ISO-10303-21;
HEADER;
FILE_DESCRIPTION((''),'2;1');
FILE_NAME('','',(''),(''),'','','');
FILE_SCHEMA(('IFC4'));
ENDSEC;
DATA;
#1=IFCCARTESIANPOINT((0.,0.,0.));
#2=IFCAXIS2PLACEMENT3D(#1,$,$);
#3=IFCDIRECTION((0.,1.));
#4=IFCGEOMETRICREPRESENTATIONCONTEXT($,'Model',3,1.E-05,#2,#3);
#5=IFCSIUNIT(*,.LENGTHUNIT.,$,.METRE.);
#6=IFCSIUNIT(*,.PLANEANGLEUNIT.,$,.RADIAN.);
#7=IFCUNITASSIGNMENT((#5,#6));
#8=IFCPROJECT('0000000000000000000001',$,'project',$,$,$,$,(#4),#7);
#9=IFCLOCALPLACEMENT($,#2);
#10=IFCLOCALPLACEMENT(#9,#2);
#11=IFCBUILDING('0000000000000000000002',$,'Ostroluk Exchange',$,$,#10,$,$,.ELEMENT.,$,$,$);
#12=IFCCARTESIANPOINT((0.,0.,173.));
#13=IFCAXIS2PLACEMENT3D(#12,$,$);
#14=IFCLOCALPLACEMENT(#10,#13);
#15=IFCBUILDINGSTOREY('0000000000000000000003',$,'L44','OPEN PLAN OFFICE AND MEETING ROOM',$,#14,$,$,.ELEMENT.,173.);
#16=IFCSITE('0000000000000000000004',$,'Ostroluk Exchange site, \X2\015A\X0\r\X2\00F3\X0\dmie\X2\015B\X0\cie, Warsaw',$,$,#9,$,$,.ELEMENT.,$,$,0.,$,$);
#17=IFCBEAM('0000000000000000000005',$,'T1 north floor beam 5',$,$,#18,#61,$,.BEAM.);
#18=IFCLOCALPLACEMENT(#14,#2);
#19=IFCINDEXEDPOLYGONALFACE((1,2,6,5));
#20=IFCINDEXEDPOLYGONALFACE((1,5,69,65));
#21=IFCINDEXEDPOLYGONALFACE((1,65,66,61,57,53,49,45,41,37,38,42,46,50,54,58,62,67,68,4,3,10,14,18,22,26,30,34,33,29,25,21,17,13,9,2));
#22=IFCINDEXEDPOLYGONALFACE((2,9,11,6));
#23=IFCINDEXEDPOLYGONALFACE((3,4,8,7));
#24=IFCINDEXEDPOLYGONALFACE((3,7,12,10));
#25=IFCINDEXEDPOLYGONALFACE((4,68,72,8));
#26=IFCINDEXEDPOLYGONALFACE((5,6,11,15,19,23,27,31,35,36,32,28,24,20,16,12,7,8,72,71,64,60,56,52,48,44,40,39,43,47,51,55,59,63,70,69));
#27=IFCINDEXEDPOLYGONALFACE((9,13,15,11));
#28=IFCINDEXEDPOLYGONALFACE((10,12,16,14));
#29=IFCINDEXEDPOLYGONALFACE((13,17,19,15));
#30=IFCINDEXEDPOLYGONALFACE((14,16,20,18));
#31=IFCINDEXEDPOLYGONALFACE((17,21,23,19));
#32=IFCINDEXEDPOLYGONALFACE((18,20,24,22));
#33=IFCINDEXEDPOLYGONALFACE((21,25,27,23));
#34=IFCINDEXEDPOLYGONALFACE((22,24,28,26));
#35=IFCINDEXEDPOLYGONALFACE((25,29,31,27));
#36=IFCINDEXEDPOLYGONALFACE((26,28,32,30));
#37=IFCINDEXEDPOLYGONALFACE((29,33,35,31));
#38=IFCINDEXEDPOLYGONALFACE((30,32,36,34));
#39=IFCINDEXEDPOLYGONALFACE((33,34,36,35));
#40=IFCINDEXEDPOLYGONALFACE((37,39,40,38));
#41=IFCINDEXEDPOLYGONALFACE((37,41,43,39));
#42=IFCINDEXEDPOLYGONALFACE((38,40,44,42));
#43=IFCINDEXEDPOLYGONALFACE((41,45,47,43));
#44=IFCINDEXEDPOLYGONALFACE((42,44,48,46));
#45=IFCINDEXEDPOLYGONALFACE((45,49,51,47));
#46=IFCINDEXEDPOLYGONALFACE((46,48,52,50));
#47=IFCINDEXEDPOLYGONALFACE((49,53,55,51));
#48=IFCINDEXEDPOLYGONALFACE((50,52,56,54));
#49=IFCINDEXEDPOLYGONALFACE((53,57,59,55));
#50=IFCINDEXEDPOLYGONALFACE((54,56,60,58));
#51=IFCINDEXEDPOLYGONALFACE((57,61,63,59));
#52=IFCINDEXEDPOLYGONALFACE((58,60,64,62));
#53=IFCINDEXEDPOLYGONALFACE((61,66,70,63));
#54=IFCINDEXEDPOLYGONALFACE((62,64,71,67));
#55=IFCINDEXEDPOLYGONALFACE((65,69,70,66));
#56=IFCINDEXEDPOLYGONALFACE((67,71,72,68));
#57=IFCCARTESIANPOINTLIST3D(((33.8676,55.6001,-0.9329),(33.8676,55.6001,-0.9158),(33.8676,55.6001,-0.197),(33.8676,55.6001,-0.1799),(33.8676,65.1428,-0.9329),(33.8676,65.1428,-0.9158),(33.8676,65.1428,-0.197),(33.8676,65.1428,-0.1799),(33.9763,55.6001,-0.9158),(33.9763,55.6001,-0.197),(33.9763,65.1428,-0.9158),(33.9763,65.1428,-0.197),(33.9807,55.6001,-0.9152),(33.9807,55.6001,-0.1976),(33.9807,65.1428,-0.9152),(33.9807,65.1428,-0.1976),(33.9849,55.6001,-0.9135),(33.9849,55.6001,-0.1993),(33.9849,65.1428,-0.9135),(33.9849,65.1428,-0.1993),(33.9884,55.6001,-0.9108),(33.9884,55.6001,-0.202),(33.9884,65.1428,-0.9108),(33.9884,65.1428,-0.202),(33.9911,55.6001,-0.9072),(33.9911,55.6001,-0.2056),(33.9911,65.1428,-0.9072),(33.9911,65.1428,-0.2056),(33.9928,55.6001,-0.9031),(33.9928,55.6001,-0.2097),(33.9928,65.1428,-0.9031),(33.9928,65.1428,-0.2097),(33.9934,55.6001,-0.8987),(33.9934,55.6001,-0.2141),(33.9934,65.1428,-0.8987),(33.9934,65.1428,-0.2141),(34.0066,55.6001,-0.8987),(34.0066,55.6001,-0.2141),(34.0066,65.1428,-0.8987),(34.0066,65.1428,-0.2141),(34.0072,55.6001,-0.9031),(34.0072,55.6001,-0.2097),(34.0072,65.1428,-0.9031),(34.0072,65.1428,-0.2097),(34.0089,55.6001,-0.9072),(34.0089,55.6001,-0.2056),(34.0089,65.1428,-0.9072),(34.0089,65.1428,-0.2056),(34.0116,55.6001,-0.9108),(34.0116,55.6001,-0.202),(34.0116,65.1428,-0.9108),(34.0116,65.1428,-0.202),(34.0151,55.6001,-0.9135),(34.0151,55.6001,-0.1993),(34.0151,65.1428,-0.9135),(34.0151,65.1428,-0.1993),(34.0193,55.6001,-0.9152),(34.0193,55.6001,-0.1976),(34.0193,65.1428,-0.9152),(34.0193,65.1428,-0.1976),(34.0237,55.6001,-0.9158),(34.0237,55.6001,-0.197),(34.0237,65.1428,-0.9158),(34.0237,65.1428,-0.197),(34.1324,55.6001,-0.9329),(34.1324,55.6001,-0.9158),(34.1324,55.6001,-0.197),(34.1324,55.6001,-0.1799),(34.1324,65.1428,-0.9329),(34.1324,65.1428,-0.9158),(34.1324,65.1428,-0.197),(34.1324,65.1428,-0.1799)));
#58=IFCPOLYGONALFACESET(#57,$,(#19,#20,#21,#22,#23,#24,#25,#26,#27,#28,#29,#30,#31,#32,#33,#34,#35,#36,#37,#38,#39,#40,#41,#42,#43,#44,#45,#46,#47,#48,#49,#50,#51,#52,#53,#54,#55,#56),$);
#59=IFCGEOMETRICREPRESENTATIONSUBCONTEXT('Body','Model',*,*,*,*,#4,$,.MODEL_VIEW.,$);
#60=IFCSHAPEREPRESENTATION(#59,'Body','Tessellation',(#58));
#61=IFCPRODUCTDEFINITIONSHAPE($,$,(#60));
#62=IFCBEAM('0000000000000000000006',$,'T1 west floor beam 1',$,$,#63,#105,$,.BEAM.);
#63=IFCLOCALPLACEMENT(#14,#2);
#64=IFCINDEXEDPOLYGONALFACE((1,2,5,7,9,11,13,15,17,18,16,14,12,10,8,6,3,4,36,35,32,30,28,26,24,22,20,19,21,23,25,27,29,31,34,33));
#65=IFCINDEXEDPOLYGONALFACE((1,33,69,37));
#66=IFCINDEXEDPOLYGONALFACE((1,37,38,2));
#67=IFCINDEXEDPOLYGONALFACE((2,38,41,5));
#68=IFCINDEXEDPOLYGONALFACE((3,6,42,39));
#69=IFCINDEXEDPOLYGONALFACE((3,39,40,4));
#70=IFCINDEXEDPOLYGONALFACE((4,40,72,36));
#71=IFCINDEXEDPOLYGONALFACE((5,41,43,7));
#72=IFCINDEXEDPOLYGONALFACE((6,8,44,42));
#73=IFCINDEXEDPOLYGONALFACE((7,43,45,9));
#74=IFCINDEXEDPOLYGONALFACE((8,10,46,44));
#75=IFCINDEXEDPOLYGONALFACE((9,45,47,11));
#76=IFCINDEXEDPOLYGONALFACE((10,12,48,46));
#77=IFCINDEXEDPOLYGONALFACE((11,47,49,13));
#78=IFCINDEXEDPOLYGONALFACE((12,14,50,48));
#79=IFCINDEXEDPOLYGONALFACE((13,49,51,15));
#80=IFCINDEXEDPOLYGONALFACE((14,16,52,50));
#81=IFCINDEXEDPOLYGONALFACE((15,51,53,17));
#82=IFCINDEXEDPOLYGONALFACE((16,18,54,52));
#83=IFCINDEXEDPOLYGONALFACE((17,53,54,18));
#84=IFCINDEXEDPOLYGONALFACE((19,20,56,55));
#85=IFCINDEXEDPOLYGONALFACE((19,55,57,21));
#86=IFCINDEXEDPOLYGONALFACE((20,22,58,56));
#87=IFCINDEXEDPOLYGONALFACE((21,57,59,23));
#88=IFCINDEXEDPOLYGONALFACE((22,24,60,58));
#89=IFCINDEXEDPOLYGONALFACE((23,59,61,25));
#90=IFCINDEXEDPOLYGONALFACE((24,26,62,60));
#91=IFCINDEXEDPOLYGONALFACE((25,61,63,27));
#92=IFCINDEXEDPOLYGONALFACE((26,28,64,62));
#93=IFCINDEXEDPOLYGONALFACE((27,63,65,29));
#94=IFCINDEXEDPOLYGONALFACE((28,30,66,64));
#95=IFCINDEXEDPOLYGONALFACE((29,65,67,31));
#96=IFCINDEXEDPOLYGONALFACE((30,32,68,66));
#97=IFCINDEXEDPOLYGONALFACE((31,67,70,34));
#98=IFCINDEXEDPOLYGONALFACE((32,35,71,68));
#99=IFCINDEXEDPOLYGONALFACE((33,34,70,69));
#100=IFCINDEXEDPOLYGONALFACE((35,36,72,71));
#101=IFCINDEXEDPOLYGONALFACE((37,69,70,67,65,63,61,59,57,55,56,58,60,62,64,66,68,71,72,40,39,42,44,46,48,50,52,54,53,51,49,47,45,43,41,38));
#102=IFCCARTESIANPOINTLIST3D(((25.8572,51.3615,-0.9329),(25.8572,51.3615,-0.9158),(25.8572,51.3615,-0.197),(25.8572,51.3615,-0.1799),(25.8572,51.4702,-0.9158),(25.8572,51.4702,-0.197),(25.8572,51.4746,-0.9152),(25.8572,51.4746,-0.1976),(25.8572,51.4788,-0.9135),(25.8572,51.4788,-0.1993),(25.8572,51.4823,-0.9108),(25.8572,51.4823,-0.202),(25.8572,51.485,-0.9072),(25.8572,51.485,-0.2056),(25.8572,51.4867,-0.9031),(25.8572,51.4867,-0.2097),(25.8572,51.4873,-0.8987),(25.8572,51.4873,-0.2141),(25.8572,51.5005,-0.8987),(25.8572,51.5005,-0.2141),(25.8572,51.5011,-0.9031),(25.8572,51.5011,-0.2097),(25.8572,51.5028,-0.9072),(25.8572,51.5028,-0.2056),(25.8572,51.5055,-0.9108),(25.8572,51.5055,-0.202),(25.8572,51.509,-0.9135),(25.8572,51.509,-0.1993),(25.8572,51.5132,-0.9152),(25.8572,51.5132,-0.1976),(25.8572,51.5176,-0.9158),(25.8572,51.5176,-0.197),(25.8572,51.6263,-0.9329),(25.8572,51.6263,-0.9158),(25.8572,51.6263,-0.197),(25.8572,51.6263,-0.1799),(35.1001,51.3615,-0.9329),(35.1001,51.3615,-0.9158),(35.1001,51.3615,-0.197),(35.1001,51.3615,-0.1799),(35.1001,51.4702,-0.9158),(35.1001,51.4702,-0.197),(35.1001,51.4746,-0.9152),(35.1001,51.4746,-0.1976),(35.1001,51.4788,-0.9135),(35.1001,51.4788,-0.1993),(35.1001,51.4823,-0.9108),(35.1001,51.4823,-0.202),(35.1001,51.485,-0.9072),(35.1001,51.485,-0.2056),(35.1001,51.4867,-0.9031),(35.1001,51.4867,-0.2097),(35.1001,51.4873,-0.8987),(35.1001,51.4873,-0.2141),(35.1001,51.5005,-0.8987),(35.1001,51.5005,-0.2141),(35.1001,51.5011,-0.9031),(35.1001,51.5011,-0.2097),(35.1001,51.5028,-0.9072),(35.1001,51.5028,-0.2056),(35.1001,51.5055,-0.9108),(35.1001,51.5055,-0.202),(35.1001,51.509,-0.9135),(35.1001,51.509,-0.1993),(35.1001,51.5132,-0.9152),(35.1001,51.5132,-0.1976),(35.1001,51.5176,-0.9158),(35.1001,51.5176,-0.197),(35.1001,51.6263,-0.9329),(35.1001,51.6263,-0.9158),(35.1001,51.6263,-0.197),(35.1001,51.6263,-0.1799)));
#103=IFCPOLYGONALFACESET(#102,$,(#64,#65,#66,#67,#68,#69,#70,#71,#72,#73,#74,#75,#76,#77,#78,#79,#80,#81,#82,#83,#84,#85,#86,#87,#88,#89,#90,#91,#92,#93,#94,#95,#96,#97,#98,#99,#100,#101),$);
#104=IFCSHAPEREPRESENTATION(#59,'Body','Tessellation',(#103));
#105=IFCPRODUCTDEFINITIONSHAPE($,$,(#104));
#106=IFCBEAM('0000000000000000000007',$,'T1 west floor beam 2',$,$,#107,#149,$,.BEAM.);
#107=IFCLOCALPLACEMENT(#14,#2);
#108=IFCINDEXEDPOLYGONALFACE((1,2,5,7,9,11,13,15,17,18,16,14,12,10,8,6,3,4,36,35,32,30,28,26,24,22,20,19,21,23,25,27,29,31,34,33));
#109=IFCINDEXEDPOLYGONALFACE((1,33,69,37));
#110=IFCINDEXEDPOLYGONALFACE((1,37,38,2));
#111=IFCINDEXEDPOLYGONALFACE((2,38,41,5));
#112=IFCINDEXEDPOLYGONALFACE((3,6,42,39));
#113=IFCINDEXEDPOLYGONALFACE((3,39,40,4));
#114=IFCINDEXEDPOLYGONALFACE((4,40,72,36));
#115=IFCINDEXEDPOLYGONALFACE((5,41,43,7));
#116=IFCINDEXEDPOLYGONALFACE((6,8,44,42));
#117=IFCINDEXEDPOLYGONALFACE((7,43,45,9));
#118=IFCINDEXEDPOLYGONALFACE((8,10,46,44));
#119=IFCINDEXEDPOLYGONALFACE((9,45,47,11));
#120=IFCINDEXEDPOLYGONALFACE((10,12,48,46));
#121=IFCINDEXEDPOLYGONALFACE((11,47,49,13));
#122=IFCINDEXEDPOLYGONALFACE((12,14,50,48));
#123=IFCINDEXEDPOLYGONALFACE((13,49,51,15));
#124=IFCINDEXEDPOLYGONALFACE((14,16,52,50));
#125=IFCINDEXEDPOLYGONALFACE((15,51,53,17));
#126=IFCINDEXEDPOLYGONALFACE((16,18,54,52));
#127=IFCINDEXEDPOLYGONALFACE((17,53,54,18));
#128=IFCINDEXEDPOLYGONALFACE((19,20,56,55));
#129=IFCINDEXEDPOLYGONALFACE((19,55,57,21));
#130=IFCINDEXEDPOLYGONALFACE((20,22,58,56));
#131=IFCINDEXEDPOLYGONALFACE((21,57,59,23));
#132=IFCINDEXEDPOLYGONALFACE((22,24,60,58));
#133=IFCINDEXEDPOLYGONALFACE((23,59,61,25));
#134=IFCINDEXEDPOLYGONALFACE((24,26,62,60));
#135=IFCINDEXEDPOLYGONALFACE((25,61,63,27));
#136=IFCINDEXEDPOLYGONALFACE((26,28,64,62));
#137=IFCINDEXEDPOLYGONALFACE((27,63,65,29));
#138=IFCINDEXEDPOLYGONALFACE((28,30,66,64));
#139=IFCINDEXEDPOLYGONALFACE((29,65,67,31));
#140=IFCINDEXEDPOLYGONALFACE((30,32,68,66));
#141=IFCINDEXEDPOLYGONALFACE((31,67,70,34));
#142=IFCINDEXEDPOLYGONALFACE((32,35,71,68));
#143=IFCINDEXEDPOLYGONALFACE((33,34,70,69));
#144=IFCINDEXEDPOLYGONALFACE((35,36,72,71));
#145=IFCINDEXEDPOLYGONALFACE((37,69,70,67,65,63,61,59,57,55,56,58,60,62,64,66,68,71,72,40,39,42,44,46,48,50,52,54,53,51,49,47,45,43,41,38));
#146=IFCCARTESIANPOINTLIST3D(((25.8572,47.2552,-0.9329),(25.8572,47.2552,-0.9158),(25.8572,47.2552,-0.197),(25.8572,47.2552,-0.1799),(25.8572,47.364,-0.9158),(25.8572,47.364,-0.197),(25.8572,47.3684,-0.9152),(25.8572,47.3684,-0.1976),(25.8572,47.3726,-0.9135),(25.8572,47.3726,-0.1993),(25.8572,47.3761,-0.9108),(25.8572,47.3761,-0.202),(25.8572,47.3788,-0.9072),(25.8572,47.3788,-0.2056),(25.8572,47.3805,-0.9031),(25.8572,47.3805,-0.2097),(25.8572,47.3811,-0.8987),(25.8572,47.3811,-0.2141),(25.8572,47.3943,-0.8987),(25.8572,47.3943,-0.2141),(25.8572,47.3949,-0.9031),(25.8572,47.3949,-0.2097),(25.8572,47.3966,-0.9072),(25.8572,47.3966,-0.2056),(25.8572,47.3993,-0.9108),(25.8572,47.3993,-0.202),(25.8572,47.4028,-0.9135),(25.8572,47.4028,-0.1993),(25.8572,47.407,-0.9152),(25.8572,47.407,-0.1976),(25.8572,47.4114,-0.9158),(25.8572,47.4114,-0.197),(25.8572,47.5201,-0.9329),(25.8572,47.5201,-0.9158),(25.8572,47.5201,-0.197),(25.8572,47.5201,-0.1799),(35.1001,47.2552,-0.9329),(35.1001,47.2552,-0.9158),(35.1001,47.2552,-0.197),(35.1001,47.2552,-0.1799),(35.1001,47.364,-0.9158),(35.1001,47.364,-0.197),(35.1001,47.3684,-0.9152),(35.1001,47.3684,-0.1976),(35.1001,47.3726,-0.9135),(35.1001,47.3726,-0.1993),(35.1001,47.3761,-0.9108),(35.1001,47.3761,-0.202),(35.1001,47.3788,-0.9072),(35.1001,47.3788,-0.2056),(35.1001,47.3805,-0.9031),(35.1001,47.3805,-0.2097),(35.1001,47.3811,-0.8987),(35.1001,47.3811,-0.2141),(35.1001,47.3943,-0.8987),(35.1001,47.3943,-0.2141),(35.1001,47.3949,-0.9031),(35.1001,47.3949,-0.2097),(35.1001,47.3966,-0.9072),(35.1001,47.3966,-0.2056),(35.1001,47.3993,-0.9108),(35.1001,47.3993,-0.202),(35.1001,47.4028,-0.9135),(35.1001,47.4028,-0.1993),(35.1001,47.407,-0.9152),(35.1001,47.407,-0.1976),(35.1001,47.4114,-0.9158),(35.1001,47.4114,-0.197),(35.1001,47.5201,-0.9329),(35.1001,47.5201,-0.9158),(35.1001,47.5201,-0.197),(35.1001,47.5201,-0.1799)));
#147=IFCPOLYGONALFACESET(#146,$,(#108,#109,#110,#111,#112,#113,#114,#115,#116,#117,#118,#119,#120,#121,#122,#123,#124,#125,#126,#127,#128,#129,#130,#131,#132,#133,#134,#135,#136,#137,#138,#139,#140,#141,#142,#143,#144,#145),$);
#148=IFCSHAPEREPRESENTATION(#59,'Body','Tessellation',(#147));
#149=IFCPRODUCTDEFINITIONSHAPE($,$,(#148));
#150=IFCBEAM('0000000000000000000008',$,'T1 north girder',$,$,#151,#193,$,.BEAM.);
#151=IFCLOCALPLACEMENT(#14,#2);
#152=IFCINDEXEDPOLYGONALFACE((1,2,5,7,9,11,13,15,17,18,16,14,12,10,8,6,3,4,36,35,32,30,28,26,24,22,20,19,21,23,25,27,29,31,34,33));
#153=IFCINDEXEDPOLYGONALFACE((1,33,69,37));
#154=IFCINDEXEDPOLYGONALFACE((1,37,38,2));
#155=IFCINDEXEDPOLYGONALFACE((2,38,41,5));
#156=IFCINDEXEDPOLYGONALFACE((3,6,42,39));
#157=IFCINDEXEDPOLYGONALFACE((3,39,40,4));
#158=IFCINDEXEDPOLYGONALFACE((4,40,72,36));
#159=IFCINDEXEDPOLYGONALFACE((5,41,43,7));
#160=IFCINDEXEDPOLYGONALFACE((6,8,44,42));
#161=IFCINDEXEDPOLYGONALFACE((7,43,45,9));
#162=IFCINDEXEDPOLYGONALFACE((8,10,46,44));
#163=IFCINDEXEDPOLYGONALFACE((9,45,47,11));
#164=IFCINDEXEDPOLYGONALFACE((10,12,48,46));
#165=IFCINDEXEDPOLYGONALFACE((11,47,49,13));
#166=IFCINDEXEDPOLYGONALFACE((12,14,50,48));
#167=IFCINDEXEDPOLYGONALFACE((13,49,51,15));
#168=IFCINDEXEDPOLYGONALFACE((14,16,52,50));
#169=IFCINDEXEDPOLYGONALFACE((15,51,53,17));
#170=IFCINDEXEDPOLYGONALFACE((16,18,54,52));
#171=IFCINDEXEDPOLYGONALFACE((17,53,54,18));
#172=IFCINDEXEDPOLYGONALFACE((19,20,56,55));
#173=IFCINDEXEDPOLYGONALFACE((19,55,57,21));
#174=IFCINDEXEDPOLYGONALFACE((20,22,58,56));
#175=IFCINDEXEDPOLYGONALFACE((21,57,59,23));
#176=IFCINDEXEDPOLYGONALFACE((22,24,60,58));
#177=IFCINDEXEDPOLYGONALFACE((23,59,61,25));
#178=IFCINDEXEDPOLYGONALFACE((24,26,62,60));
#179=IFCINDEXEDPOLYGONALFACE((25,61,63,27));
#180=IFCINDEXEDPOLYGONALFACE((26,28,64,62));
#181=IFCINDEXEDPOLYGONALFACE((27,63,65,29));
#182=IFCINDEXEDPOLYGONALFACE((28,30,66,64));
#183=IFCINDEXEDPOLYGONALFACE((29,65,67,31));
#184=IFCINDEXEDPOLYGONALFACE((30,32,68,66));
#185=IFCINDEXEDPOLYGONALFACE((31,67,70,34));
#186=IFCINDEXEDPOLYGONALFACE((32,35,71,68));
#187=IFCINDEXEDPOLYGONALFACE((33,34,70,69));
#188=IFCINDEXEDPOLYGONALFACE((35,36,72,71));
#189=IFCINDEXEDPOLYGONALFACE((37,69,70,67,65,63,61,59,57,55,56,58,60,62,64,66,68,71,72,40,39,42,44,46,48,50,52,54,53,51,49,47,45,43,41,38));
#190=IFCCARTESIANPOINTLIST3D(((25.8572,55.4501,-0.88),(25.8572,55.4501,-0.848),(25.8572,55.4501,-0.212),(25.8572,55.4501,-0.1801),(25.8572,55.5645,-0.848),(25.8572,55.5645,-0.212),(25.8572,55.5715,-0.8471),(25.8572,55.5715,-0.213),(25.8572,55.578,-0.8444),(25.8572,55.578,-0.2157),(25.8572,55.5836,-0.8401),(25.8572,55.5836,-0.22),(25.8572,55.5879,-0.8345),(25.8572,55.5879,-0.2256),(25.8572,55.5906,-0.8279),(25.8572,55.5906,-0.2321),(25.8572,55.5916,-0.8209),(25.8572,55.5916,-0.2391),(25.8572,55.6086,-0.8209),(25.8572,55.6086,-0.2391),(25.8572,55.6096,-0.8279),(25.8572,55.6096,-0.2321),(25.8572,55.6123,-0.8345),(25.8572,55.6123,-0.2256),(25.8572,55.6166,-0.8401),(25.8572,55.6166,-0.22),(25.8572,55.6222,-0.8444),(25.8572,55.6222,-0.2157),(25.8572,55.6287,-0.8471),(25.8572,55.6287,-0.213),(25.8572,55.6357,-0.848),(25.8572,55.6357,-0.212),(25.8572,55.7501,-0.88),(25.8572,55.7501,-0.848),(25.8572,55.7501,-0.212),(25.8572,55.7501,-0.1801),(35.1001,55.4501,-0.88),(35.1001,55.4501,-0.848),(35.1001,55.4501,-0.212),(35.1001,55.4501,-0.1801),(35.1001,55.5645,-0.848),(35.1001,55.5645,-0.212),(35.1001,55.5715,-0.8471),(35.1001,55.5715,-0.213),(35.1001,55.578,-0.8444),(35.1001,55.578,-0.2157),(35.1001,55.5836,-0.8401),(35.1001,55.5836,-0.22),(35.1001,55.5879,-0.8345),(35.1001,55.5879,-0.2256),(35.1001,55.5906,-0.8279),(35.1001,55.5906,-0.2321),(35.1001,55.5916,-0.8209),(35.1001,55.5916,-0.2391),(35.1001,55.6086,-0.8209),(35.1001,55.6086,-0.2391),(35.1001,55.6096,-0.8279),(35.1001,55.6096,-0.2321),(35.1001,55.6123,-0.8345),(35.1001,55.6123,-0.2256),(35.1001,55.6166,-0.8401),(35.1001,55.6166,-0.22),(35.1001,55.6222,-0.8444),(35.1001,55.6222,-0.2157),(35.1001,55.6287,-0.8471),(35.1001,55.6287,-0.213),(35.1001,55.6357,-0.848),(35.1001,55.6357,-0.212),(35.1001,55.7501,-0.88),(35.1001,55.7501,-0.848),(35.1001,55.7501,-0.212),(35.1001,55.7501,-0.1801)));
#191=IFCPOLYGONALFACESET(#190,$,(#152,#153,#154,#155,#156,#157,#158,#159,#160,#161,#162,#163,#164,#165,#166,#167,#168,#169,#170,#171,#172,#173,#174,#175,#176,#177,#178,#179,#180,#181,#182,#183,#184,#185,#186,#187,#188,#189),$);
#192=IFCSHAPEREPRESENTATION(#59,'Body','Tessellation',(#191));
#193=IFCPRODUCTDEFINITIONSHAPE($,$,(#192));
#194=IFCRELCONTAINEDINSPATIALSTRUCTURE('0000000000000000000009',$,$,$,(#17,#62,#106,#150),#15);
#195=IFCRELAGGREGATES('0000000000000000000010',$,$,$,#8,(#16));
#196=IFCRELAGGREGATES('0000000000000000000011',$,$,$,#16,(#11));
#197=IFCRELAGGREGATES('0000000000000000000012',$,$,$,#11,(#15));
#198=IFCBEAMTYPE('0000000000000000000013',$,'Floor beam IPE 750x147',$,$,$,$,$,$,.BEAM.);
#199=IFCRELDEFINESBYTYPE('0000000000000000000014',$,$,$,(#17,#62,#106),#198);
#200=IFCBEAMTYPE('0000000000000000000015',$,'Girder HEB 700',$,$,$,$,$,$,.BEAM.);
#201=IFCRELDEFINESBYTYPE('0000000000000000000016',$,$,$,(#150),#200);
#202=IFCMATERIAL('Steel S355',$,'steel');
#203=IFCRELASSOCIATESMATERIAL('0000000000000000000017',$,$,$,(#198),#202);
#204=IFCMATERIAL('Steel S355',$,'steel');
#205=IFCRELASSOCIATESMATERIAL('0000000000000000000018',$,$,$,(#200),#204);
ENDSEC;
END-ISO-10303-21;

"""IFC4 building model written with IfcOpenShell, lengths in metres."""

from ifc_helpers import new_model, si_unit, direction, frame, origin, origin_2d, place, context, subcontext, project, spatial, i_section, extrude, material, material_profile, profile_set, type_object, element, save


model = new_model("IFC4")

# Units and contexts
model_context = context("Model", 3, precision=1e-05, world=origin(), true_north=direction((0.0, 1.0)))
body_context = subcontext(model_context, "Body", "Model", "MODEL_VIEW")
ifc_project = project(units=[si_unit("LENGTHUNIT", "METRE"), si_unit("PLANEANGLEUNIT", "RADIAN")], contexts=[model_context])

# Site, building, storey
site_placement = place(None, origin())
site = spatial("IfcSite", under=ifc_project, at=site_placement, Name="Ostroluk Exchange site, Śródmieście, Warsaw", CompositionType="ELEMENT", RefElevation=0.0)
building_placement = place(site_placement, origin())
building = spatial("IfcBuilding", under=site, at=building_placement, Name="Ostroluk Exchange", CompositionType="ELEMENT")
storey_placement = place(building_placement, frame((0.0, 0.0, 173.0)))
storey = spatial("IfcBuildingStorey", under=building, at=storey_placement, Name="L44", Description="OPEN PLAN OFFICE AND MEETING ROOM", CompositionType="ELEMENT", Elevation=173.0)

# Beams
ifc_material_1 = material(Name="Steel S355", Category="steel")
ifc_material_profile_1 = material_profile(ifc_material_1, i_section(OverallWidth=0.2649, OverallDepth=0.7529, WebThickness=0.0132, FlangeThickness=0.0171, FilletRadius=0.0171, at=origin_2d()), Name="IPE 750x147")
ifc_profile_set_1 = profile_set([ifc_material_profile_1], Name="Steel S355")
beam_type_1 = type_object("IfcBeamType", Name="Floor beam IPE 750x147", PredefinedType="BEAM", material=ifc_profile_set_1)
beam_1_placement = place(storey_placement, frame((34.0, 55.6001, -0.5564), z_axis=(0.0, 1.0, 0.0), x_axis=(-1.0, 0.0, 0.0)))
element("IfcBeam", 1, at=beam_1_placement, inside=storey, type_object=beam_type_1, Name="T1 north floor beam 5", PredefinedType="BEAM", context=body_context, shape_type="SweptSolid", body=[
    extrude(i_section(OverallWidth=0.2649, OverallDepth=0.7529, WebThickness=0.0132, FlangeThickness=0.0171, FilletRadius=0.0171, at=origin_2d()), origin(), (0.0, 0.0, 1.0), 9.5427),
])
for number, where, z_axis, x_axis, name in (
    (2, (35.1001, 51.4939, -0.5564), (-1.0, 0.0, 0.0), (0.0, -1.0, 0.0), "T1 west floor beam 1"),
    (3, (35.1001, 47.3877, -0.5564), (-1.0, 0.0, 0.0), (0.0, -1.0, 0.0), "T1 west floor beam 2"),
):
    element("IfcBeam", number, at=place(storey_placement, frame(where, z_axis=z_axis, x_axis=x_axis)), inside=storey, type_object=beam_type_1, Name=name, PredefinedType="BEAM", context=body_context, shape_type="SweptSolid", body=[
        extrude(i_section(OverallWidth=0.2649, OverallDepth=0.7529, WebThickness=0.0132, FlangeThickness=0.0171, FilletRadius=0.0171, at=origin_2d()), origin(), (0.0, 0.0, 1.0), 9.2429),
    ])
ifc_material_2 = material(Name="Steel S355", Category="steel")
ifc_material_profile_2 = material_profile(ifc_material_2, i_section(OverallWidth=0.3, OverallDepth=0.7, WebThickness=0.0171, FlangeThickness=0.032, FilletRadius=0.0271, at=origin_2d()), Name="HEB 700")
ifc_profile_set_2 = profile_set([ifc_material_profile_2], Name="Steel S355")
beam_type_2 = type_object("IfcBeamType", Name="Girder HEB 700", PredefinedType="BEAM", material=ifc_profile_set_2)
beam_2_placement = place(storey_placement, frame((35.1001, 55.6001, -0.53), z_axis=(-1.0, 0.0, 0.0), x_axis=(0.0, -1.0, 0.0)))
element("IfcBeam", 4, at=beam_2_placement, inside=storey, type_object=beam_type_2, Name="T1 north girder", PredefinedType="BEAM", context=body_context, shape_type="SweptSolid", body=[
    extrude(i_section(OverallWidth=0.3, OverallDepth=0.7, WebThickness=0.0171, FlangeThickness=0.032, FilletRadius=0.0271, at=origin_2d()), origin(), (0.0, 0.0, 1.0), 9.2429),
])

save(model, "model.ifc")
